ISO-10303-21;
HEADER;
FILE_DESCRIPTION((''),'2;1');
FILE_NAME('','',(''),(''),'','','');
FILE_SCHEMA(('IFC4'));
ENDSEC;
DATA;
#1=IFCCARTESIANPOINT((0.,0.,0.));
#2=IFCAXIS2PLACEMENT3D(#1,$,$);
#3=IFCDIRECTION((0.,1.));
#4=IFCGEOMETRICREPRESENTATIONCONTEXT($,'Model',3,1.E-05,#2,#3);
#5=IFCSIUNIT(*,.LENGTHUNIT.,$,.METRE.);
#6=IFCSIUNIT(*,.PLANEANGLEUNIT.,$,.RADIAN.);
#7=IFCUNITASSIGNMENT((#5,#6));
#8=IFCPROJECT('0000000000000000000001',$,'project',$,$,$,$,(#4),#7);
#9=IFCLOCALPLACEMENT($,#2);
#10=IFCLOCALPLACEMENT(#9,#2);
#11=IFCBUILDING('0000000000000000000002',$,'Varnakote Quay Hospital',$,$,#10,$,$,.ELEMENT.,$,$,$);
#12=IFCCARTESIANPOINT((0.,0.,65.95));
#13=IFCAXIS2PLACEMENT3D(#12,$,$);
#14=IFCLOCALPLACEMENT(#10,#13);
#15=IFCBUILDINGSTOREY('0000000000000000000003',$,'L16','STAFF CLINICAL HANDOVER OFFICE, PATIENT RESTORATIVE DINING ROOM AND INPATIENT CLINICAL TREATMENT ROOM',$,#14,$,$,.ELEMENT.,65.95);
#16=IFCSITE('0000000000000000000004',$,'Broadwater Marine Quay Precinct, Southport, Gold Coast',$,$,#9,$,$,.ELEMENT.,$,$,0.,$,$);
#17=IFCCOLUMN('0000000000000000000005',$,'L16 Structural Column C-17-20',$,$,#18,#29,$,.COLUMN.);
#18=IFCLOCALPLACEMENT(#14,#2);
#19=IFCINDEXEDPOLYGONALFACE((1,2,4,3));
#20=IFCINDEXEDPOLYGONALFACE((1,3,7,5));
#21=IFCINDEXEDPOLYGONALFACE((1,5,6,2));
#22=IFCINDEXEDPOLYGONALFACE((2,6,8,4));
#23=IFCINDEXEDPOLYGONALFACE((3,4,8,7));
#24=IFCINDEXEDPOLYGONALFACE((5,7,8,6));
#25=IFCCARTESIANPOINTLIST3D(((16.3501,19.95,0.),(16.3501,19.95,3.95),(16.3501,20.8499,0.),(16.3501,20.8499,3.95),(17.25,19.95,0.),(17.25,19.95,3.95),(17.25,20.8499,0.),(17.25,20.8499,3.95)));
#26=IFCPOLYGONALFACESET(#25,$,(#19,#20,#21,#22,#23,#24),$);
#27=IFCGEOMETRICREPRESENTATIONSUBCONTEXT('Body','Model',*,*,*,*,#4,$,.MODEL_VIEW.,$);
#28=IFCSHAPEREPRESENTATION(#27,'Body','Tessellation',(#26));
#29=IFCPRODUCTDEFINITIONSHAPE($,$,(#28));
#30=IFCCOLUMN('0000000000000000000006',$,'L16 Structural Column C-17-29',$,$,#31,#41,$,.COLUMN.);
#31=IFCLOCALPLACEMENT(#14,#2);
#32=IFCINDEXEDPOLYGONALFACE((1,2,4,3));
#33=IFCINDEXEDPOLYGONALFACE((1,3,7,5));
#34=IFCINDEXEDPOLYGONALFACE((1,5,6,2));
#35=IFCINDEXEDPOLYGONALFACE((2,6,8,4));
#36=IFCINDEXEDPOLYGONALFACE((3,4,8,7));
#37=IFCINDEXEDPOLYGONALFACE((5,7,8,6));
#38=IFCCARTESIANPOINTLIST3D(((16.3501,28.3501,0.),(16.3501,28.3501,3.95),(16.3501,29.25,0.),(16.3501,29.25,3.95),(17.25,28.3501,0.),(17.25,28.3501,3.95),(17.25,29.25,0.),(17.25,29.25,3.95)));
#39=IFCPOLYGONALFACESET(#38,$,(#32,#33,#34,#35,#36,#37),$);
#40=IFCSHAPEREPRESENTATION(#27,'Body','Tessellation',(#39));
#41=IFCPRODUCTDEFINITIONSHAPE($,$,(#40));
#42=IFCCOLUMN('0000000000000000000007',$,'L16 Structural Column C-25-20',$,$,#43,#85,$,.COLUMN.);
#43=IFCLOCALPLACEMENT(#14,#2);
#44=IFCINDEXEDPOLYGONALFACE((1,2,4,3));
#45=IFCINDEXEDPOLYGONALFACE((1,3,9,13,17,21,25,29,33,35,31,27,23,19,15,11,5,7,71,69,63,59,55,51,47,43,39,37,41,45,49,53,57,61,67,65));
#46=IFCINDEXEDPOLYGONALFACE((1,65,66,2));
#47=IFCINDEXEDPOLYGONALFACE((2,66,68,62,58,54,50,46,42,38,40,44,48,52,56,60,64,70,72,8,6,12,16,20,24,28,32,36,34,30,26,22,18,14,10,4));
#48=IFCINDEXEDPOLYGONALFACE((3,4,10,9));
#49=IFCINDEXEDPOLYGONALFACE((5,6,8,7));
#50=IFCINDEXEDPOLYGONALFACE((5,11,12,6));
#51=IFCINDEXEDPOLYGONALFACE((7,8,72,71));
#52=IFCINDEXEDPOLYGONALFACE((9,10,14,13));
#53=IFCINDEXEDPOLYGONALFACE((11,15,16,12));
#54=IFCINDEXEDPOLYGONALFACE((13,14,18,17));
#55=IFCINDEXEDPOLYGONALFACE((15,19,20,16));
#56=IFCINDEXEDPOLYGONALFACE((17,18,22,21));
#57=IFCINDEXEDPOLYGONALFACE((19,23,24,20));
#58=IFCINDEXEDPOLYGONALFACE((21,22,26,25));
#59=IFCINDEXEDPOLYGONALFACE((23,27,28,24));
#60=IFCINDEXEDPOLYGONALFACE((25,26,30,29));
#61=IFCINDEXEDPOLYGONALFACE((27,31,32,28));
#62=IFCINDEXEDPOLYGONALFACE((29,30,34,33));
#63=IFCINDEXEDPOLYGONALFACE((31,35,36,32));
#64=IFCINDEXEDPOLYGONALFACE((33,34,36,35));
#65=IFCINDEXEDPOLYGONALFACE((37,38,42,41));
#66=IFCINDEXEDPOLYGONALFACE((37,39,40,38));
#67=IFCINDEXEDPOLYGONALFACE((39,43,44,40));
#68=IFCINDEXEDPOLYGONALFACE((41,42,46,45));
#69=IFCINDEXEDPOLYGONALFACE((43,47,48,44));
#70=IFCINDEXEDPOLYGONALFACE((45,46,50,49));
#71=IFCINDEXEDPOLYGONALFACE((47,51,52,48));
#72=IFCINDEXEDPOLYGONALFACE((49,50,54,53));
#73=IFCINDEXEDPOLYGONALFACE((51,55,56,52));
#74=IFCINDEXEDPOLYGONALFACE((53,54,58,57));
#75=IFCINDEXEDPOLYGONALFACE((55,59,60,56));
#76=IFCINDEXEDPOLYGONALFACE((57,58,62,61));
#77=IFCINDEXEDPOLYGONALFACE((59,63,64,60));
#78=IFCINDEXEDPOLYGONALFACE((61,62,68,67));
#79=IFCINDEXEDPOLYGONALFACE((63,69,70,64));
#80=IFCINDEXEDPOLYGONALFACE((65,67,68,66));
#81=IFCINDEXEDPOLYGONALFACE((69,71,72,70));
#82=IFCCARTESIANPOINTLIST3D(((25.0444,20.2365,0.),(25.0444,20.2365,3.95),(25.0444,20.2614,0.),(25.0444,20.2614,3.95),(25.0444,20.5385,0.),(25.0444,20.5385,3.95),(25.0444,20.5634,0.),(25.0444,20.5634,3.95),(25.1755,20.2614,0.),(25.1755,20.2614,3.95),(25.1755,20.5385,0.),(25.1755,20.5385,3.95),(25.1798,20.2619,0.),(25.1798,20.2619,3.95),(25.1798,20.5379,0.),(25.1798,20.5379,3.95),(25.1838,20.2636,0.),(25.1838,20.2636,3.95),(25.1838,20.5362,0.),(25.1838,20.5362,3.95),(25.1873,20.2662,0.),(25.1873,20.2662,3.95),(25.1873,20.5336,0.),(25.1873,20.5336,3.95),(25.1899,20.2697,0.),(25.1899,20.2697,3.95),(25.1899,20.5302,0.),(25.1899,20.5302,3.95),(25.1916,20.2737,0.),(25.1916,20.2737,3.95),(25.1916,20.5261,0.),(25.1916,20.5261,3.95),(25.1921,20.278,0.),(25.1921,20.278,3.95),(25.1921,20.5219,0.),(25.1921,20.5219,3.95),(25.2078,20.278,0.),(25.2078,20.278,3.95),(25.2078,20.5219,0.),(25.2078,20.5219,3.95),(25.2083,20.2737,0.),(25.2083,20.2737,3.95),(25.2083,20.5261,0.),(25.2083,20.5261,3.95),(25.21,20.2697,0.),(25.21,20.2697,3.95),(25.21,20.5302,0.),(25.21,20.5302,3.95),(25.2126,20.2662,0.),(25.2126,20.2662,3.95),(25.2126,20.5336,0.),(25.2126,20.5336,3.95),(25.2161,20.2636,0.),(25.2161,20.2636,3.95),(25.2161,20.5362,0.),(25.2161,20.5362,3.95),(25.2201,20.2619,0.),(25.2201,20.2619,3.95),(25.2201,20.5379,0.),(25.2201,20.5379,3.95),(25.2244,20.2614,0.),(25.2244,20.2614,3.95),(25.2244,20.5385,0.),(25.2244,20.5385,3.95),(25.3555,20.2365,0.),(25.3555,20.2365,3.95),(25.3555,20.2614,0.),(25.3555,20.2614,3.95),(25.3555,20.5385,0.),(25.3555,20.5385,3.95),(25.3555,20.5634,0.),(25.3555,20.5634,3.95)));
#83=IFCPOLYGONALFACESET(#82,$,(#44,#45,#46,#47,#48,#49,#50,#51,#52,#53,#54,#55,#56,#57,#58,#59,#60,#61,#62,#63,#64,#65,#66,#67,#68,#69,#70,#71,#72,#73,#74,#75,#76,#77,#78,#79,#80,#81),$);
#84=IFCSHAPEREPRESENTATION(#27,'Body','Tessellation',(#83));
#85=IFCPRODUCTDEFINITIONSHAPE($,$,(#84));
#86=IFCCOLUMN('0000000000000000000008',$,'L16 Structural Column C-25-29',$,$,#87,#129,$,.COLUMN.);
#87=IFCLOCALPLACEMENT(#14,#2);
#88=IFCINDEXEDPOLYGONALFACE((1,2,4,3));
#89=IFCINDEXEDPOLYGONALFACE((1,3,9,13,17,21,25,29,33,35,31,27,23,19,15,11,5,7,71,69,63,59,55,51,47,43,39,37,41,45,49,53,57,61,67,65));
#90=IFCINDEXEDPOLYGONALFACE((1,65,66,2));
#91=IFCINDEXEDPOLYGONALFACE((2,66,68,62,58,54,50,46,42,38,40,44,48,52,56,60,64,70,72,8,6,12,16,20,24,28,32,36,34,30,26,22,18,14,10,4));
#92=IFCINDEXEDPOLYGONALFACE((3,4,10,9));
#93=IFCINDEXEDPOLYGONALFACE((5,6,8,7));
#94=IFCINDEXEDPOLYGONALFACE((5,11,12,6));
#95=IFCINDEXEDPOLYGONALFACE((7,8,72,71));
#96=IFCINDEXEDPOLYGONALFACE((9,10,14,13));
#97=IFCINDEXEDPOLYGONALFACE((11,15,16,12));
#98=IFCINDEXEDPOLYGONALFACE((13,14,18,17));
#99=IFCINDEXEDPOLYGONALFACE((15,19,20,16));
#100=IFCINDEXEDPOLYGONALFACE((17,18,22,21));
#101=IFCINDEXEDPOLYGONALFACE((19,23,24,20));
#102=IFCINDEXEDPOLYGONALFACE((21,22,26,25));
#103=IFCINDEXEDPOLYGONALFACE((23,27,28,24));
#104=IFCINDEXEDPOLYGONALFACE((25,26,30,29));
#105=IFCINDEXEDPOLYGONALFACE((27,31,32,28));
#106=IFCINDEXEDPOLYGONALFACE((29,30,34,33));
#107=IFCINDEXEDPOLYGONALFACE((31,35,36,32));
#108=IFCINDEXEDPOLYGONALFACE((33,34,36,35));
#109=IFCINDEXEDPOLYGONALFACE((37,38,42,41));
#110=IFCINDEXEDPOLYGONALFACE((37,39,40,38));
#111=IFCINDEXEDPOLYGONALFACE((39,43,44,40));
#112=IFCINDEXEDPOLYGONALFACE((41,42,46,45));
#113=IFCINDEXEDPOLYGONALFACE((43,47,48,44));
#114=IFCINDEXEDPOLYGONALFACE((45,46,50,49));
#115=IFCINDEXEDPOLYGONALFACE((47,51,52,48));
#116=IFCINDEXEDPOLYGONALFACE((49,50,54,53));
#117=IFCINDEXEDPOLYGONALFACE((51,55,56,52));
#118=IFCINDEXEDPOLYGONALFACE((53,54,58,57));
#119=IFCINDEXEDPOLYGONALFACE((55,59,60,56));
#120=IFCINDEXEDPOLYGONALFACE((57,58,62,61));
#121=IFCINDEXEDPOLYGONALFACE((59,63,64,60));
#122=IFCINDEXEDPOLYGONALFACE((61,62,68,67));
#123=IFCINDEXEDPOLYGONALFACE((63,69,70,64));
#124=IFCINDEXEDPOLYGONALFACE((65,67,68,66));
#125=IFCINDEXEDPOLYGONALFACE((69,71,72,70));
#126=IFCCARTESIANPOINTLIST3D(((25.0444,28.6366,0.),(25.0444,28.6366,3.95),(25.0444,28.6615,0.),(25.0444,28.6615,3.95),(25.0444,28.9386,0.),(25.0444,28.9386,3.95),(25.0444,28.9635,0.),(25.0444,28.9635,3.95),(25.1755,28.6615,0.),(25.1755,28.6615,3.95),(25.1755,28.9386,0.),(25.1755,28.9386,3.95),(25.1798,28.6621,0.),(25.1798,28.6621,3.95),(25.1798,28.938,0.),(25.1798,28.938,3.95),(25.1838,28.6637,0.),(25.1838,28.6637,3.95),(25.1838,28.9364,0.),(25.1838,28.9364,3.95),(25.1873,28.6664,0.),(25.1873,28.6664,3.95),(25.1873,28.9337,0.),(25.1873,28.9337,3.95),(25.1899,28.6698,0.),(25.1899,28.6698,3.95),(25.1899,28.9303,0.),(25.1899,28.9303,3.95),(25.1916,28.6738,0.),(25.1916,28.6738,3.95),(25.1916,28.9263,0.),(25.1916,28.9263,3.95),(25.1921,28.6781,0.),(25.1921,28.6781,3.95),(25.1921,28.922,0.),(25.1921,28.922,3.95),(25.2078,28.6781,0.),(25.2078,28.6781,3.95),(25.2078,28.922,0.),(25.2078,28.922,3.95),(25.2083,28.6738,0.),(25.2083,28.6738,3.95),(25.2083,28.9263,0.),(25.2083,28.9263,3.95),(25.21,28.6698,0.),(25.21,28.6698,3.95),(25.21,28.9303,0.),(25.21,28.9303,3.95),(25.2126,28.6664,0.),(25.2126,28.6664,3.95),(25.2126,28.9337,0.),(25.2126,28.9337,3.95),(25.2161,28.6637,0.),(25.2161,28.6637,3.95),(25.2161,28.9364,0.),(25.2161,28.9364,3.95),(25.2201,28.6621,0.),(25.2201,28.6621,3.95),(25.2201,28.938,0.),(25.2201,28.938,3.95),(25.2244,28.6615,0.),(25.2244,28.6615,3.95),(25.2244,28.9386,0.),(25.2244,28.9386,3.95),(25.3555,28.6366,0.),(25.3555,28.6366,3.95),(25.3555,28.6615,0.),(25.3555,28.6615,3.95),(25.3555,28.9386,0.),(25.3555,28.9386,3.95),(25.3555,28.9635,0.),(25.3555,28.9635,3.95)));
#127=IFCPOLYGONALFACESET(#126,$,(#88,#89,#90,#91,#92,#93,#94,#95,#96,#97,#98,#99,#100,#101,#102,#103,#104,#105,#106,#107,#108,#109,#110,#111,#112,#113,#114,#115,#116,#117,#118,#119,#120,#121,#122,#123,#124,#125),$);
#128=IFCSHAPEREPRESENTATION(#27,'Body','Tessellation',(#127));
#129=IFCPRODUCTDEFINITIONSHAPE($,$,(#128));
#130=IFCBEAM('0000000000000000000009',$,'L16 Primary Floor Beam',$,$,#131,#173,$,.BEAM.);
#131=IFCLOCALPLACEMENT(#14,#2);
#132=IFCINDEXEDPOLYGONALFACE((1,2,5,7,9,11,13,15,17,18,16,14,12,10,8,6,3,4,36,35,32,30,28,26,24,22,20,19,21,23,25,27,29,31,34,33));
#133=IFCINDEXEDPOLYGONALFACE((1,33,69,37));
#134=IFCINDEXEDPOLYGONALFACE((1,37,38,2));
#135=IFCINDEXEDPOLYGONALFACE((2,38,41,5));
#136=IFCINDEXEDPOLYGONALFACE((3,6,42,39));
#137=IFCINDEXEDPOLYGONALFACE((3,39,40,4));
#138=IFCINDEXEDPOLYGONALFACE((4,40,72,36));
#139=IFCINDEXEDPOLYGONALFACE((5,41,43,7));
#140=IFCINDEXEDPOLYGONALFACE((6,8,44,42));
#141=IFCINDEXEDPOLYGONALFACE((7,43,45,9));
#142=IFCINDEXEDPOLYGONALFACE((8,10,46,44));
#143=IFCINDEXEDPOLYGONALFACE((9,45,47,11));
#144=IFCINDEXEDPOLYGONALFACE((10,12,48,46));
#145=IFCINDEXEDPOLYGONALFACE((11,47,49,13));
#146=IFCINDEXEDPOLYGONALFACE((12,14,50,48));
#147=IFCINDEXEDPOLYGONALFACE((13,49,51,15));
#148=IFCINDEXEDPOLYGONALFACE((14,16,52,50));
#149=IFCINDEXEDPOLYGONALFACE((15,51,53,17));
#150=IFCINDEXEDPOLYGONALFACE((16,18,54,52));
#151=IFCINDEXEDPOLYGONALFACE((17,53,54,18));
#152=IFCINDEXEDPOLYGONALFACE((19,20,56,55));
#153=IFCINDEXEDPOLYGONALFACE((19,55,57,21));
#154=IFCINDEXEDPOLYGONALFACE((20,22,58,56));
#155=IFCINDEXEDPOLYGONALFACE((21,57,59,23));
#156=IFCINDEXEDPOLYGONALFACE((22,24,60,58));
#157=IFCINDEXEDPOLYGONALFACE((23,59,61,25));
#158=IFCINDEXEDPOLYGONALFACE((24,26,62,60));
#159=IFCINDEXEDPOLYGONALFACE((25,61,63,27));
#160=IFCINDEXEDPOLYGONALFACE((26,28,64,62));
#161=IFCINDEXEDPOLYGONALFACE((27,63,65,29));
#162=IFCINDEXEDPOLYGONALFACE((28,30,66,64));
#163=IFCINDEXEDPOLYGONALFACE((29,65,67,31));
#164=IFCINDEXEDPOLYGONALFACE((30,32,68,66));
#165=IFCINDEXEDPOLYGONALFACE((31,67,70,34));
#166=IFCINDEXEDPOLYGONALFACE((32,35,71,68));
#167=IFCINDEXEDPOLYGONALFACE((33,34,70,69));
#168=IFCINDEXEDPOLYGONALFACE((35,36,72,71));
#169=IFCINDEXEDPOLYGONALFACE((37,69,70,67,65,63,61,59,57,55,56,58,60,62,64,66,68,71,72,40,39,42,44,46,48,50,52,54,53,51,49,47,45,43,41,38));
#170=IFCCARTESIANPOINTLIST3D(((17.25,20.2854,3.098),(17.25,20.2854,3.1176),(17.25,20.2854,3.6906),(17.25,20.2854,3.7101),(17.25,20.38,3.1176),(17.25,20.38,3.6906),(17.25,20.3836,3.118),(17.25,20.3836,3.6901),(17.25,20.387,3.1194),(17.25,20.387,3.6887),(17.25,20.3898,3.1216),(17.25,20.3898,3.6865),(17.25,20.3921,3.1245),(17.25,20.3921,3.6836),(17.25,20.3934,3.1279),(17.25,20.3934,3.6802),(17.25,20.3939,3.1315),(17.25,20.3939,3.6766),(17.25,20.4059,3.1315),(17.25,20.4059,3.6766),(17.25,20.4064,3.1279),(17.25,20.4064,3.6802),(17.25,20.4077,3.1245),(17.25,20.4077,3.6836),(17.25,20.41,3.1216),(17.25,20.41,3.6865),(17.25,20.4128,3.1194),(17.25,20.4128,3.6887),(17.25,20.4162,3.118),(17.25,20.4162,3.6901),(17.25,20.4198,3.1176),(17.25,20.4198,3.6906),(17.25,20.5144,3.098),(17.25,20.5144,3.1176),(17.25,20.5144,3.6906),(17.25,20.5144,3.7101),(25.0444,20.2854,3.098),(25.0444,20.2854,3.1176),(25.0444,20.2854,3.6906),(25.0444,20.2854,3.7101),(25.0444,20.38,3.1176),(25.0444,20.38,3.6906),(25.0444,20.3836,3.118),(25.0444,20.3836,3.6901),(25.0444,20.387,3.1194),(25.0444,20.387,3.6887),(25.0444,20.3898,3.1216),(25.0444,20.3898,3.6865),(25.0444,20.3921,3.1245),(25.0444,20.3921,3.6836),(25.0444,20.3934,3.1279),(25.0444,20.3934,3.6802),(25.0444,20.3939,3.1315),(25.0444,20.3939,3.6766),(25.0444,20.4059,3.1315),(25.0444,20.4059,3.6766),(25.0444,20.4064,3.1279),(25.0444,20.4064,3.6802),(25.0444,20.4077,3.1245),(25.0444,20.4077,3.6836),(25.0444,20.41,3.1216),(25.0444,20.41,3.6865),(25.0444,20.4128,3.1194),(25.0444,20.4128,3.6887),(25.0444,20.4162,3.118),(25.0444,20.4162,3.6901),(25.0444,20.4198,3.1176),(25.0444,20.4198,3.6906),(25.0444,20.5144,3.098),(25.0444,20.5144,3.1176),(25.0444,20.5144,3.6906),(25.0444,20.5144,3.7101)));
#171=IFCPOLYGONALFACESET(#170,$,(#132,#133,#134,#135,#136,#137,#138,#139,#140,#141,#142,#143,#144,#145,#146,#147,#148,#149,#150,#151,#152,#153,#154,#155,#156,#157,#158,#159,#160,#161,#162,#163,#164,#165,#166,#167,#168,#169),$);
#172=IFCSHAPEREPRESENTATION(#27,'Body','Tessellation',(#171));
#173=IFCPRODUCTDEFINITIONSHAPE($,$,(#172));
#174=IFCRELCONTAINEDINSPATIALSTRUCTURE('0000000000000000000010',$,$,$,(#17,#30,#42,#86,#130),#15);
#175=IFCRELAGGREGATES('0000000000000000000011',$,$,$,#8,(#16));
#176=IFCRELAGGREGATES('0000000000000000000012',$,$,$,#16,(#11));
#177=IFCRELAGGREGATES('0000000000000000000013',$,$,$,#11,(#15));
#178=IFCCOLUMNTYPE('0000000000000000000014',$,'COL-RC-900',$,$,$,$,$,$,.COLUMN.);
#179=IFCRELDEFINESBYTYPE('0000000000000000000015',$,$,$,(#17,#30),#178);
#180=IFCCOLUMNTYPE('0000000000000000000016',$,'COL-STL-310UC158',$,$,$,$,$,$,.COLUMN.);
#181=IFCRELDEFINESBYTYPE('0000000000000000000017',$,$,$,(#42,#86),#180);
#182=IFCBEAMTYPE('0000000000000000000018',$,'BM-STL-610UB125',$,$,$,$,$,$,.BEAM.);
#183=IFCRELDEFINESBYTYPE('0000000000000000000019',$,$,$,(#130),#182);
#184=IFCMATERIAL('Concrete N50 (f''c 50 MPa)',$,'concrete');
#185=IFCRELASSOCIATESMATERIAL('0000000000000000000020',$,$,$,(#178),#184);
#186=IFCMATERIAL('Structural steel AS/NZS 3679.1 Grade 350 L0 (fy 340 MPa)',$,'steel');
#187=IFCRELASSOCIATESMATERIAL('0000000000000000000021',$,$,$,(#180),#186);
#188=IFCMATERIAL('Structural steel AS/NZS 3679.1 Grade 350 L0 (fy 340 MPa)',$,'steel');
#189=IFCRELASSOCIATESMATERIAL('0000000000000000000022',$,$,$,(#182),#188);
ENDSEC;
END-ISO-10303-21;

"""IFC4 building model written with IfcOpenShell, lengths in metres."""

from ifc_helpers import new_model, si_unit, direction, frame, origin, origin_2d, place, context, subcontext, project, spatial, rectangle, i_section, extrude, material, material_profile, profile_set, type_object, element, save


model = new_model("IFC4")

# Units and contexts
model_context = context("Model", 3, precision=1e-05, world=origin(), true_north=direction((0.0, 1.0)))
body_context = subcontext(model_context, "Body", "Model", "MODEL_VIEW")
ifc_project = project(units=[si_unit("LENGTHUNIT", "METRE"), si_unit("PLANEANGLEUNIT", "RADIAN")], contexts=[model_context])

# Site, building, storey
site_placement = place(None, origin())
site = spatial("IfcSite", under=ifc_project, at=site_placement, Name="Broadwater Marine Quay Precinct, Southport, Gold Coast", CompositionType="ELEMENT", RefElevation=0.0)
building_placement = place(site_placement, origin())
building = spatial("IfcBuilding", under=site, at=building_placement, Name="Varnakote Quay Hospital", CompositionType="ELEMENT")
storey_placement = place(building_placement, frame((0.0, 0.0, 65.95)))
storey = spatial("IfcBuildingStorey", under=building, at=storey_placement, Name="L16", Description="STAFF CLINICAL HANDOVER OFFICE, PATIENT RESTORATIVE DINING ROOM AND INPATIENT CLINICAL TREATMENT ROOM", CompositionType="ELEMENT", Elevation=65.95)

# Columns
ifc_material_1 = material(Name="Concrete N50 (f'c 50 MPa)", Category="concrete")
ifc_material_profile_1 = material_profile(ifc_material_1, rectangle(XDim=0.8999, YDim=0.8999, at=origin_2d()), Name="RC-COL-900x900")
ifc_profile_set_1 = profile_set([ifc_material_profile_1], Name="Concrete N50 (f'c 50 MPa)")
column_type_1 = type_object("IfcColumnType", Name="COL-RC-900", PredefinedType="COLUMN", material=ifc_profile_set_1)
for number, where, z_axis, x_axis, name in (
    (1, (16.8, 20.3999, 0.0), (0.0, 0.0, 1.0), (1.0, 0.0, 0.0), "L16 Structural Column C-17-20"),
    (2, (16.8, 28.8, 0.0), (0.0, 0.0, 1.0), (1.0, 0.0, 0.0), "L16 Structural Column C-17-29"),
):
    element("IfcColumn", number, at=place(storey_placement, frame(where, z_axis=z_axis, x_axis=x_axis)), inside=storey, type_object=column_type_1, Name=name, PredefinedType="COLUMN", context=body_context, shape_type="SweptSolid", body=[
        extrude(rectangle(XDim=0.8999, YDim=0.8999, at=origin_2d()), origin(), (0.0, 0.0, 1.0), 3.95),
    ])
ifc_material_2 = material(Name="Structural steel AS/NZS 3679.1 Grade 350 L0 (fy 340 MPa)", Category="steel")
ifc_material_profile_2 = material_profile(ifc_material_2, i_section(OverallWidth=0.311, OverallDepth=0.3269, WebThickness=0.0156, FlangeThickness=0.0249, FilletRadius=0.0166, at=origin_2d()), Name="310UC158")
ifc_profile_set_2 = profile_set([ifc_material_profile_2], Name="Structural steel AS/NZS 3679.1 Grade 350 L0 (fy 340 MPa)")
column_type_2 = type_object("IfcColumnType", Name="COL-STL-310UC158", PredefinedType="COLUMN", material=ifc_profile_set_2)
for number, where, z_axis, x_axis, name in (
    (3, (25.2, 20.3999, 0.0), (0.0, 0.0, 1.0), (1.0, 0.0, 0.0), "L16 Structural Column C-25-20"),
    (4, (25.2, 28.8, 0.0), (0.0, 0.0, 1.0), (1.0, 0.0, 0.0), "L16 Structural Column C-25-29"),
):
    element("IfcColumn", number, at=place(storey_placement, frame(where, z_axis=z_axis, x_axis=x_axis)), inside=storey, type_object=column_type_2, Name=name, PredefinedType="COLUMN", context=body_context, shape_type="SweptSolid", body=[
        extrude(i_section(OverallWidth=0.311, OverallDepth=0.3269, WebThickness=0.0156, FlangeThickness=0.0249, FilletRadius=0.0166, at=origin_2d()), origin(), (0.0, 0.0, 1.0), 3.95),
    ])

# Beam
ifc_material_3 = material(Name="Structural steel AS/NZS 3679.1 Grade 350 L0 (fy 340 MPa)", Category="steel")
ifc_material_profile_3 = material_profile(ifc_material_3, i_section(OverallWidth=0.229, OverallDepth=0.6121, WebThickness=0.012, FlangeThickness=0.0195, FilletRadius=0.0139, at=origin_2d()), Name="610UB125")
ifc_profile_set_3 = profile_set([ifc_material_profile_3], Name="Structural steel AS/NZS 3679.1 Grade 350 L0 (fy 340 MPa)")
beam_type_1 = type_object("IfcBeamType", Name="BM-STL-610UB125", PredefinedType="BEAM", material=ifc_profile_set_3)
for number, where, z_axis, x_axis, name in (
    (5, (17.25, 20.3999, 3.4041), (1.0, 0.0, 0.0), (0.0, 1.0, 0.0), "L16 Primary Floor Beam"),
):
    element("IfcBeam", number, at=place(storey_placement, frame(where, z_axis=z_axis, x_axis=x_axis)), inside=storey, type_object=beam_type_1, Name=name, PredefinedType="BEAM", context=body_context, shape_type="SweptSolid", body=[
        extrude(i_section(OverallWidth=0.229, OverallDepth=0.6121, WebThickness=0.012, FlangeThickness=0.0195, FilletRadius=0.0139, at=origin_2d()), origin(), (0.0, 0.0, 1.0), 7.7944),
    ])

save(model, "model.ifc")
